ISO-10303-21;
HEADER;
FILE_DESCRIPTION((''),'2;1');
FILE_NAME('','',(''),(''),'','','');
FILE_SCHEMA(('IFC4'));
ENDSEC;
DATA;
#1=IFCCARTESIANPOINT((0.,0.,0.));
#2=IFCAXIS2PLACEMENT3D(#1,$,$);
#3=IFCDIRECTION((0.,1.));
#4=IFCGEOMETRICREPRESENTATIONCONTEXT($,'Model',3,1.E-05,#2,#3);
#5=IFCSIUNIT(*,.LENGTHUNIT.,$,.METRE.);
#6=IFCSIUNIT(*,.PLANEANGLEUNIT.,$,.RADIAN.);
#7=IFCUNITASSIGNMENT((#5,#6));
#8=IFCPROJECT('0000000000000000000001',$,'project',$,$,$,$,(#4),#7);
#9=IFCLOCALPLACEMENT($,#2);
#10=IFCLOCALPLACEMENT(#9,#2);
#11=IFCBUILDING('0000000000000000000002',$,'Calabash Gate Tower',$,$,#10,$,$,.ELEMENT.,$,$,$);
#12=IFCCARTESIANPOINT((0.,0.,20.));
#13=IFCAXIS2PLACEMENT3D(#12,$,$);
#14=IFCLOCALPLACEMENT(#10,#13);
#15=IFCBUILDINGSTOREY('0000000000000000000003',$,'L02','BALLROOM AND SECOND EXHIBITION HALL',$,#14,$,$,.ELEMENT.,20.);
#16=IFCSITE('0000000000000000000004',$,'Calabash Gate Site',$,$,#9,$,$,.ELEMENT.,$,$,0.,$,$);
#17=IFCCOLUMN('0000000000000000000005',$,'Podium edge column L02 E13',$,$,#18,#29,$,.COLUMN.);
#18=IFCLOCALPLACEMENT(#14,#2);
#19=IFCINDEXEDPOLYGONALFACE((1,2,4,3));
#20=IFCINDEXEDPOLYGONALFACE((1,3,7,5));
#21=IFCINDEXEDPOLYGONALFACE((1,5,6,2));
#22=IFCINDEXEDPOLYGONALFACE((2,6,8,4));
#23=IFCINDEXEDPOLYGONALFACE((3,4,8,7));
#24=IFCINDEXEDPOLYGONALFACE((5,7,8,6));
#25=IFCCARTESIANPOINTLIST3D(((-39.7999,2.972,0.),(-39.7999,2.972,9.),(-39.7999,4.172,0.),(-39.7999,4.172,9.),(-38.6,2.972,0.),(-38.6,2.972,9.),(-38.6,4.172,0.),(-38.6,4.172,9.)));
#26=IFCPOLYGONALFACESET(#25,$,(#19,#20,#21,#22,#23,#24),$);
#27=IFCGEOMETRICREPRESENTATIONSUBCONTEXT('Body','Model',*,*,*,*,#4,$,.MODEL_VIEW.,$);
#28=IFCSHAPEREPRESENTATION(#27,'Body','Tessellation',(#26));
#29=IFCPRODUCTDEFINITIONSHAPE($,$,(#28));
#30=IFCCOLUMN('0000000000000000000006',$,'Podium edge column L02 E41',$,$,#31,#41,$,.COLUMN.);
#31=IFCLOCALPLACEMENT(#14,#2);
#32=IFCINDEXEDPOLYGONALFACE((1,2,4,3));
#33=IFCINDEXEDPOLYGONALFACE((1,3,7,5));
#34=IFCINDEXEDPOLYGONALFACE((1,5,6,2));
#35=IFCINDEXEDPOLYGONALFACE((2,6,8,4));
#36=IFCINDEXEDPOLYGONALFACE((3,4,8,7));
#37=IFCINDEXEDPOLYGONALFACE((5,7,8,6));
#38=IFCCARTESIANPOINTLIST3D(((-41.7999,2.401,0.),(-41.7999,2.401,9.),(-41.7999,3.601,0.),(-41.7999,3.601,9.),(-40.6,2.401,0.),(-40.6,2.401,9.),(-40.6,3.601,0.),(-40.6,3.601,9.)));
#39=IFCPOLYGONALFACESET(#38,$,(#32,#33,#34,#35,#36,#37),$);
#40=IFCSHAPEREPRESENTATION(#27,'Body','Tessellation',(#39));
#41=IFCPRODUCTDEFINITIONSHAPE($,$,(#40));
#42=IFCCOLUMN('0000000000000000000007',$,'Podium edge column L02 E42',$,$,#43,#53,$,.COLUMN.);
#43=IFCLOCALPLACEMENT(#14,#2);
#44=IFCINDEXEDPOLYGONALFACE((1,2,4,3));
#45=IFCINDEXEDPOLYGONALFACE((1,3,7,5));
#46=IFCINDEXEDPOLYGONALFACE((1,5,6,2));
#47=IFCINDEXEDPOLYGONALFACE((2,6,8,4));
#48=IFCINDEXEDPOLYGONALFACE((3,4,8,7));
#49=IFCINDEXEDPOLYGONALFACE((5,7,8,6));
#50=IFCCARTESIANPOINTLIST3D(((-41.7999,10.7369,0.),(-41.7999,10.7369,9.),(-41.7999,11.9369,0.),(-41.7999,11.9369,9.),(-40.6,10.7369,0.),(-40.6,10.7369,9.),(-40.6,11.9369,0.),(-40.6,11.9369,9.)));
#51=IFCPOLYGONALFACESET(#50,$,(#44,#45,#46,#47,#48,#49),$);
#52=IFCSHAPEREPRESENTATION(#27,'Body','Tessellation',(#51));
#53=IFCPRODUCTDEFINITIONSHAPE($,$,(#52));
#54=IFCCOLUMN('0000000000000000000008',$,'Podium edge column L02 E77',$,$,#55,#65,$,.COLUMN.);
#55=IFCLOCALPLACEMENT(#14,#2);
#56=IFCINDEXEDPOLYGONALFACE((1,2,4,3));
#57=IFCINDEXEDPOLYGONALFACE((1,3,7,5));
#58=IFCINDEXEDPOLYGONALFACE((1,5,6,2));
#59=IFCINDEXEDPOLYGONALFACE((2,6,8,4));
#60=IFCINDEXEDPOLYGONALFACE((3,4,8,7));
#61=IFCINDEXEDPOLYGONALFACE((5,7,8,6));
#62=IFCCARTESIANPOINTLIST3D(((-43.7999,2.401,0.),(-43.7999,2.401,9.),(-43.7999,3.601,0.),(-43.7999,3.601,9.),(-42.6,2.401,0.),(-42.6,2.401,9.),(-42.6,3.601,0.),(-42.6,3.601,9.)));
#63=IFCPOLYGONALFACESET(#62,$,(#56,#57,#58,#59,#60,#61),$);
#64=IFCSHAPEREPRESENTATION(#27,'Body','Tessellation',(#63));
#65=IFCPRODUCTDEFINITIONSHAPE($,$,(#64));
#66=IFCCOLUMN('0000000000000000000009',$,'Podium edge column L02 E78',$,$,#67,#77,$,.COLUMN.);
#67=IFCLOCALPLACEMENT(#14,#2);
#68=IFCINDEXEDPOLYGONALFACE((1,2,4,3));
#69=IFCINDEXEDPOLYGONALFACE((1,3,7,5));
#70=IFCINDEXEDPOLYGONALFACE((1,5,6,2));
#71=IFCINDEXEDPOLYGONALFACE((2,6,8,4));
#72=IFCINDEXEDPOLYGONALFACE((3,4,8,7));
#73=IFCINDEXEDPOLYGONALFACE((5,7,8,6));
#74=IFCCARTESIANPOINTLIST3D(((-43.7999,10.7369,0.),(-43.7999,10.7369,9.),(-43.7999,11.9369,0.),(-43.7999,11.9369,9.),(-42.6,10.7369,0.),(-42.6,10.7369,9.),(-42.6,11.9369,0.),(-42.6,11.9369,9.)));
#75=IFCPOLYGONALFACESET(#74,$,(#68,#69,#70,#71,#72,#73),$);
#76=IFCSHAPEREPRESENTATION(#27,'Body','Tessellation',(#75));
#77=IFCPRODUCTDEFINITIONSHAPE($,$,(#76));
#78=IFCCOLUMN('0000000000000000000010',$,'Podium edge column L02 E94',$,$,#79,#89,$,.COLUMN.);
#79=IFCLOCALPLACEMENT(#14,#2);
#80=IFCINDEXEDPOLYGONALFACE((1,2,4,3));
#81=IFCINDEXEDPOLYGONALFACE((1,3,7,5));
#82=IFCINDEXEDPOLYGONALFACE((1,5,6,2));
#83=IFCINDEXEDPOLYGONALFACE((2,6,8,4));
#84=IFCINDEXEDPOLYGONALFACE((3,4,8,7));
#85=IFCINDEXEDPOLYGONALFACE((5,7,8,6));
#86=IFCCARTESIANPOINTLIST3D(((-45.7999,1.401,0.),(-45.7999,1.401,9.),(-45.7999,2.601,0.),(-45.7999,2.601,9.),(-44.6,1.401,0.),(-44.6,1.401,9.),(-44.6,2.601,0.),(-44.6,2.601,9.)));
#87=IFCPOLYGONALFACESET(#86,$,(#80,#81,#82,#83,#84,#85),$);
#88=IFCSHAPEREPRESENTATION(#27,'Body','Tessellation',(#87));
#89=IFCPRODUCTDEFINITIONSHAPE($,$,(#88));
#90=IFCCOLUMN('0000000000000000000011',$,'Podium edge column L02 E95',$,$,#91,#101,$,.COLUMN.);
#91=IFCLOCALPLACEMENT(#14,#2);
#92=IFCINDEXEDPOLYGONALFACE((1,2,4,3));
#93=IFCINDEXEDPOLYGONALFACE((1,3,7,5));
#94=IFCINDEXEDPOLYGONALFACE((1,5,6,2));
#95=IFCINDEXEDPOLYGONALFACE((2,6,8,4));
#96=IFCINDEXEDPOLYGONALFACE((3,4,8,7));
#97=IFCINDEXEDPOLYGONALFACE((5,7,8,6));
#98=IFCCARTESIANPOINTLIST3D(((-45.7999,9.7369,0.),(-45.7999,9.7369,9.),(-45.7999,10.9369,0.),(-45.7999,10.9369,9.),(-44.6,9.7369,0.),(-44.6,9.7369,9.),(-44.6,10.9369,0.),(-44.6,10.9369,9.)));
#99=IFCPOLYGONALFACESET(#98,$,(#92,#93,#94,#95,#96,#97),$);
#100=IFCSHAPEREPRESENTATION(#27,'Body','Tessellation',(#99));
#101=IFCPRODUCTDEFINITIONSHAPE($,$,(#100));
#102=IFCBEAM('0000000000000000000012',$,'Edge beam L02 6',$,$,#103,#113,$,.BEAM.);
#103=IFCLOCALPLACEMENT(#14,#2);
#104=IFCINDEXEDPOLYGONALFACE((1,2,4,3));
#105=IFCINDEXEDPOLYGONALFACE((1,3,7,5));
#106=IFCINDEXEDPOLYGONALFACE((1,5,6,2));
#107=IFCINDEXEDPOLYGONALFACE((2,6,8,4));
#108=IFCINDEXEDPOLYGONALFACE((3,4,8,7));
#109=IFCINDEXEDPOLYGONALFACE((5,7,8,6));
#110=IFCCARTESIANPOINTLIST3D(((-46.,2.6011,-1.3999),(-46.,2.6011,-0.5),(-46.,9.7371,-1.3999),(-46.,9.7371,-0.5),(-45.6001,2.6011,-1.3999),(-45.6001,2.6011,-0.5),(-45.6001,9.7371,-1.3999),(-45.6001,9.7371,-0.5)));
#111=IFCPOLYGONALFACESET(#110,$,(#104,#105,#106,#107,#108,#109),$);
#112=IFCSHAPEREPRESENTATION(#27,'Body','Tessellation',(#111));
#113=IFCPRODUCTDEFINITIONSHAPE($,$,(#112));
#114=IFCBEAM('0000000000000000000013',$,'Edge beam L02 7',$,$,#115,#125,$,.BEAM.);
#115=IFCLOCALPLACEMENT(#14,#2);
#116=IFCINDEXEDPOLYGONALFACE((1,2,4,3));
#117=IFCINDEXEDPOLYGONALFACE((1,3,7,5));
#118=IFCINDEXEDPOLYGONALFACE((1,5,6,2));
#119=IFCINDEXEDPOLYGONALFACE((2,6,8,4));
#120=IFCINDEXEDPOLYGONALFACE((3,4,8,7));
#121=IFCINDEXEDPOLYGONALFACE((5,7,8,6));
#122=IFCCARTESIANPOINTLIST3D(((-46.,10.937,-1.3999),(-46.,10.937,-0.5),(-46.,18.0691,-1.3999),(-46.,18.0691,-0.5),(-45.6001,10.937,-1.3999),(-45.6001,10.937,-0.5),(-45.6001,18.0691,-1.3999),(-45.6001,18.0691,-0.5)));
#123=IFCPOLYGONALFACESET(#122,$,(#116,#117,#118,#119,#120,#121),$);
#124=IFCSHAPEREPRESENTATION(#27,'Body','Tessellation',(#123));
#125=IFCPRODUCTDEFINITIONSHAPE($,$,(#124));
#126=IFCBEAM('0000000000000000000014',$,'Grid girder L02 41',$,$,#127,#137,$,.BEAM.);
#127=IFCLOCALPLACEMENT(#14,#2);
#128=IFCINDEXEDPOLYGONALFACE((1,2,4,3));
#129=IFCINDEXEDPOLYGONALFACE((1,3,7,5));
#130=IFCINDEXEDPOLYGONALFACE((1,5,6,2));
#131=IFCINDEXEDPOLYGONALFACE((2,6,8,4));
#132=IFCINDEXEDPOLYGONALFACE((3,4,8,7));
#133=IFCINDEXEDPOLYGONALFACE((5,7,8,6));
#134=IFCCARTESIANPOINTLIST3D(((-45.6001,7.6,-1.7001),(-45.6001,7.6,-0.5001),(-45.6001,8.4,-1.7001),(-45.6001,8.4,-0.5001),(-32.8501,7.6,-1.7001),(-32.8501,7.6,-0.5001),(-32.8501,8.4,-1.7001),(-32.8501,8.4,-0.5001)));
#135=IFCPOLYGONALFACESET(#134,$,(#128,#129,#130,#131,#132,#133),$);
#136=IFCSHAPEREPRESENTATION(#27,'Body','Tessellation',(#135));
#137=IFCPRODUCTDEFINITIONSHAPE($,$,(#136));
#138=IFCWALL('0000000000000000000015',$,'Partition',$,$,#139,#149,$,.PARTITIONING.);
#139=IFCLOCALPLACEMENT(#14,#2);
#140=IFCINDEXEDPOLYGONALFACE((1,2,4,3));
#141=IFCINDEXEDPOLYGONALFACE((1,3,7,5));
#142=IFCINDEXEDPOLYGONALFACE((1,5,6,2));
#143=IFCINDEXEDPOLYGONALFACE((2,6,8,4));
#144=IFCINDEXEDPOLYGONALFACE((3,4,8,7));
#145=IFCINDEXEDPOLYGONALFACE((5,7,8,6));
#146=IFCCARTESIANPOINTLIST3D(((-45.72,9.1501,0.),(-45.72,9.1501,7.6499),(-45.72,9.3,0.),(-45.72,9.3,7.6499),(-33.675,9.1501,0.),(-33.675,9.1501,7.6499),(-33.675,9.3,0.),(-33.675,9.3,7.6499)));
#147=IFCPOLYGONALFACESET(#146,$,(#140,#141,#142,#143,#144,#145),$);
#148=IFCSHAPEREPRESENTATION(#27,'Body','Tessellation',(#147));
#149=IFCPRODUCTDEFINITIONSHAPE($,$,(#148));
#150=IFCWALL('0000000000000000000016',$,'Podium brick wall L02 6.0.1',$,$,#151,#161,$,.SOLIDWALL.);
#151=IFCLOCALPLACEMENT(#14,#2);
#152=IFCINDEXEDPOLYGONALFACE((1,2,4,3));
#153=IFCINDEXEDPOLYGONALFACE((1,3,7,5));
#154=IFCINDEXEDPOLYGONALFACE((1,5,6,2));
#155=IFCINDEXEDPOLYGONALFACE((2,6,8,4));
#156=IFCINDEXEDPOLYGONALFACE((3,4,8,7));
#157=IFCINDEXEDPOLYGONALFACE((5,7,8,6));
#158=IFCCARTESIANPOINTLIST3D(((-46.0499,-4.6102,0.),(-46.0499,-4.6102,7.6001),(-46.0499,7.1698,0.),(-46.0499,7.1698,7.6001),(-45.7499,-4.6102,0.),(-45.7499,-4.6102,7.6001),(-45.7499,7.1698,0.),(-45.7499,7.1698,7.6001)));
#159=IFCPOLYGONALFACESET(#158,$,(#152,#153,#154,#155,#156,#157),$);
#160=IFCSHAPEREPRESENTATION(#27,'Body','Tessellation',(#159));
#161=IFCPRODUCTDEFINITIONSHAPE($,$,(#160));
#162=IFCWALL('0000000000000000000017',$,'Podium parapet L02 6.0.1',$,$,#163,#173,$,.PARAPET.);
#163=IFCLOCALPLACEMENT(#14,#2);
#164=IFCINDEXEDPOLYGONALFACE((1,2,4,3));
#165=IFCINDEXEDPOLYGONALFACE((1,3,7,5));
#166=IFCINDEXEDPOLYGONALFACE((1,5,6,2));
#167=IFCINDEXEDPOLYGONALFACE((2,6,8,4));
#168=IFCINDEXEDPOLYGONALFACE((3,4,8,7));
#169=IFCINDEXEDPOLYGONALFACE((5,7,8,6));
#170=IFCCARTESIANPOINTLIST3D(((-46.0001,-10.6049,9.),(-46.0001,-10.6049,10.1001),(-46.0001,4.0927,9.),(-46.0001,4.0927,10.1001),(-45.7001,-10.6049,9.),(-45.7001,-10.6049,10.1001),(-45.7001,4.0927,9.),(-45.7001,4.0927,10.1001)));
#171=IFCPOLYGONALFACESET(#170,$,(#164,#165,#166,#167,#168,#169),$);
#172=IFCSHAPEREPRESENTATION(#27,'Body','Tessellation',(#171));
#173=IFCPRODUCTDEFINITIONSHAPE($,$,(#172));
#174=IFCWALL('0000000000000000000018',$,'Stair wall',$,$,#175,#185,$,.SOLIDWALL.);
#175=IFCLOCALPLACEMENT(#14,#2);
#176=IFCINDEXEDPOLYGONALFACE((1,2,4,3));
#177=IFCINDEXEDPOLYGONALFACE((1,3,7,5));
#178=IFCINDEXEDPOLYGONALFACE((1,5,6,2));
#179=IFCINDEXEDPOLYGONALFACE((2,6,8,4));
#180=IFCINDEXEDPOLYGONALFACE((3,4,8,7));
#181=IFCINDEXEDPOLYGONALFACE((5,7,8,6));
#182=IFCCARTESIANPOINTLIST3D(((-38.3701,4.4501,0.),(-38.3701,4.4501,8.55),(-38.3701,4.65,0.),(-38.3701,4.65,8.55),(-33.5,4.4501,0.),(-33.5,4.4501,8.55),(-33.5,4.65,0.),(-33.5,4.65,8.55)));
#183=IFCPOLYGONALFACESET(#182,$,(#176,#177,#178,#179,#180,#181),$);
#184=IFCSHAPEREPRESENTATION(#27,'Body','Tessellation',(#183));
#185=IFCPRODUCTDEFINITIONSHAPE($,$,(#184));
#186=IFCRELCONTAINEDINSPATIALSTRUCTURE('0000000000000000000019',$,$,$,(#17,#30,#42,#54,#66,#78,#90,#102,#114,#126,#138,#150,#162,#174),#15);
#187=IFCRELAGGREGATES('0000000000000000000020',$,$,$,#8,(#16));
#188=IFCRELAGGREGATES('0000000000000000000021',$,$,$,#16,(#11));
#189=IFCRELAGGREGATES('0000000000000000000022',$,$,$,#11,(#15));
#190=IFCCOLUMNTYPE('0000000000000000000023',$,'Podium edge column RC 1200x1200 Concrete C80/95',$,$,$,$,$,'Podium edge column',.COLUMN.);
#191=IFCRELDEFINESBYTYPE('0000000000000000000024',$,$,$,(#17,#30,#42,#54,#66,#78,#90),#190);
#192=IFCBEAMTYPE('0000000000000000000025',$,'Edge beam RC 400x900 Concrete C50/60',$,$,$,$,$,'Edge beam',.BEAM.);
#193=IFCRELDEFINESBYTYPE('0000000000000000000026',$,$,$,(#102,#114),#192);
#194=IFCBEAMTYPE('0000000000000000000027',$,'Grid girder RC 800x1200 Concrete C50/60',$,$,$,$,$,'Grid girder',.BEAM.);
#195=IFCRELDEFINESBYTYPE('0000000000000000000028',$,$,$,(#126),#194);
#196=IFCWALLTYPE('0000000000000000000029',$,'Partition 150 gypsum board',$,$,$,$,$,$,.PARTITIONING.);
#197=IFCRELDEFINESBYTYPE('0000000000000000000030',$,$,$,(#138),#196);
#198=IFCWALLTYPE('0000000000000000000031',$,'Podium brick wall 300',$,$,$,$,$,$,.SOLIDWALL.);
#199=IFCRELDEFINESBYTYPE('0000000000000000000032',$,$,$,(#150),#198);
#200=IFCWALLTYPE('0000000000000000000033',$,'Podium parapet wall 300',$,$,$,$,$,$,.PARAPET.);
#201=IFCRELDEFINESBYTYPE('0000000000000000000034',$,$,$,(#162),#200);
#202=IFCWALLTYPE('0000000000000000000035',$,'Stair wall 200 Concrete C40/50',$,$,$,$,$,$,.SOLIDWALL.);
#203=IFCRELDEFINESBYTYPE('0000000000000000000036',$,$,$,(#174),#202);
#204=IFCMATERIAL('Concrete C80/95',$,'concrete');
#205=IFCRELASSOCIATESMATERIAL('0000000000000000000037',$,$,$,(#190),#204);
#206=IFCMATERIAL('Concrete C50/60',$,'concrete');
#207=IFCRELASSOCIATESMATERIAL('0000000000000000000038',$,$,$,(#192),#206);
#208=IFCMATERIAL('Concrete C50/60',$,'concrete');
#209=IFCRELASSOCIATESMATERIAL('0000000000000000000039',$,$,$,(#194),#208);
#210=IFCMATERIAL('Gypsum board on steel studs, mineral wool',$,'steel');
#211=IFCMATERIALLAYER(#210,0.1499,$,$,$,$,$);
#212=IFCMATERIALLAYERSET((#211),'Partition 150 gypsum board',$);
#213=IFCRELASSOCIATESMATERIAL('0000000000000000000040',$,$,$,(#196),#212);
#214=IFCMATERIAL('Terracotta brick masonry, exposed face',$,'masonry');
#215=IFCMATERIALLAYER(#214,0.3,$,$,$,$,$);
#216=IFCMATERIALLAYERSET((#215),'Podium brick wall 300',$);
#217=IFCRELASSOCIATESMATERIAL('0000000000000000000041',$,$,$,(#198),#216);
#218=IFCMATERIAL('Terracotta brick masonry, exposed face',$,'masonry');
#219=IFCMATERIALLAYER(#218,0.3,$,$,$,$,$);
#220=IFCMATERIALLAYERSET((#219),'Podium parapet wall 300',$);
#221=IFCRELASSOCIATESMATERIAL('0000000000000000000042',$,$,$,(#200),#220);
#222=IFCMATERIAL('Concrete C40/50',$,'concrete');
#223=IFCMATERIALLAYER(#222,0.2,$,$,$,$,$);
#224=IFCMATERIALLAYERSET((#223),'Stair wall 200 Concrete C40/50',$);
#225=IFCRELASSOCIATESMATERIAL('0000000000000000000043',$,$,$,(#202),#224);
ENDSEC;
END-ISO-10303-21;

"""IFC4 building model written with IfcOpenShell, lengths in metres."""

from ifc_helpers import new_model, si_unit, direction, frame, frame_2d, origin, origin_2d, place, context, subcontext, project, spatial, rectangle, extrude, material, layer, layer_set, material_profile, profile_set, type_object, element, save


model = new_model("IFC4")

# Units and contexts
model_context = context("Model", 3, precision=1e-05, world=origin(), true_north=direction((0.0, 1.0)))
body_context = subcontext(model_context, "Body", "Model", "MODEL_VIEW")
ifc_project = project(units=[si_unit("LENGTHUNIT", "METRE"), si_unit("PLANEANGLEUNIT", "RADIAN")], contexts=[model_context])

# Site, building, storey
site_placement = place(None, origin())
site = spatial("IfcSite", under=ifc_project, at=site_placement, Name="Calabash Gate Site", CompositionType="ELEMENT", RefElevation=0.0)
building_placement = place(site_placement, origin())
building = spatial("IfcBuilding", under=site, at=building_placement, Name="Calabash Gate Tower", CompositionType="ELEMENT")
storey_placement = place(building_placement, frame((0.0, 0.0, 20.0)))
storey = spatial("IfcBuildingStorey", under=building, at=storey_placement, Name="L02", Description="BALLROOM AND SECOND EXHIBITION HALL", CompositionType="ELEMENT", Elevation=20.0)

# Columns
ifc_material_1 = material(Name="Concrete C80/95", Category="concrete")
ifc_material_profile_1 = material_profile(ifc_material_1, rectangle(XDim=1.2, YDim=1.2, at=origin_2d()))
ifc_profile_set_1 = profile_set([ifc_material_profile_1], Name="Concrete C80/95")
column_type = type_object("IfcColumnType", Name="Podium edge column RC 1200x1200 Concrete C80/95", ElementType="Podium edge column", PredefinedType="COLUMN", material=ifc_profile_set_1)
for number, where, z_axis, x_axis, name in (
    (1, (-39.2, 3.572, 0.0), (0.0, 0.0, 1.0), (1.0, 0.0, 0.0), "Podium edge column L02 E13"),
    (2, (-41.2, 3.001, 0.0), (0.0, 0.0, 1.0), (1.0, 0.0, 0.0), "Podium edge column L02 E41"),
    (3, (-41.2, 11.3369, 0.0), (0.0, 0.0, 1.0), (1.0, 0.0, 0.0), "Podium edge column L02 E42"),
    (4, (-43.2, 3.001, 0.0), (0.0, 0.0, 1.0), (1.0, 0.0, 0.0), "Podium edge column L02 E77"),
    (5, (-43.2, 11.3369, 0.0), (0.0, 0.0, 1.0), (1.0, 0.0, 0.0), "Podium edge column L02 E78"),
    (6, (-45.2, 2.001, 0.0), (0.0, 0.0, 1.0), (1.0, 0.0, 0.0), "Podium edge column L02 E94"),
    (7, (-45.2, 10.3369, 0.0), (0.0, 0.0, 1.0), (1.0, 0.0, 0.0), "Podium edge column L02 E95"),
):
    element("IfcColumn", number, at=place(storey_placement, frame(where, z_axis=z_axis, x_axis=x_axis)), inside=storey, type_object=column_type, Name=name, PredefinedType="COLUMN", context=body_context, shape_type="SweptSolid", body=[
        extrude(rectangle(XDim=1.2, YDim=1.2, at=origin_2d()), origin(), (0.0, 0.0, 1.0), 9.0),
    ])

# Beams
ifc_material_2 = material(Name="Concrete C50/60", Category="concrete")
ifc_material_profile_2 = material_profile(ifc_material_2, rectangle(XDim=0.3999, YDim=0.8999, at=origin_2d()))
ifc_profile_set_2 = profile_set([ifc_material_profile_2], Name="Concrete C50/60")
beam_type_1 = type_object("IfcBeamType", Name="Edge beam RC 400x900 Concrete C50/60", ElementType="Edge beam", PredefinedType="BEAM", material=ifc_profile_set_2)
beam_1_placement = place(storey_placement, frame((-45.8, 2.6011, -0.95), z_axis=(0.0, 1.0, 0.0), x_axis=(-1.0, 0.0, 0.0)))
element("IfcBeam", 8, at=beam_1_placement, inside=storey, type_object=beam_type_1, Name="Edge beam L02 6", PredefinedType="BEAM", context=body_context, shape_type="SweptSolid", body=[
    extrude(rectangle(XDim=0.3999, YDim=0.8999, at=origin_2d()), origin(), (0.0, 0.0, 1.0), 7.136),
])
beam_2_placement = place(storey_placement, frame((-45.8, 10.937, -0.95), z_axis=(0.0, 1.0, 0.0), x_axis=(-1.0, 0.0, 0.0)))
element("IfcBeam", 9, at=beam_2_placement, inside=storey, type_object=beam_type_1, Name="Edge beam L02 7", PredefinedType="BEAM", context=body_context, shape_type="SweptSolid", body=[
    extrude(rectangle(XDim=0.3999, YDim=0.8999, at=origin_2d()), origin(), (0.0, 0.0, 1.0), 7.1321),
])
ifc_material_3 = material(Name="Concrete C50/60", Category="concrete")
ifc_material_profile_3 = material_profile(ifc_material_3, rectangle(XDim=0.8, YDim=1.2, at=origin_2d()))
ifc_profile_set_3 = profile_set([ifc_material_profile_3], Name="Concrete C50/60")
beam_type_2 = type_object("IfcBeamType", Name="Grid girder RC 800x1200 Concrete C50/60", ElementType="Grid girder", PredefinedType="BEAM", material=ifc_profile_set_3)
beam_3_placement = place(storey_placement, frame((-45.6001, 8.0, -1.1001), z_axis=(1.0, 0.0, 0.0), x_axis=(0.0, 1.0, 0.0)))
element("IfcBeam", 10, at=beam_3_placement, inside=storey, type_object=beam_type_2, Name="Grid girder L02 41", PredefinedType="BEAM", context=body_context, shape_type="SweptSolid", body=[
    extrude(rectangle(XDim=0.8, YDim=1.2, at=origin_2d()), origin(), (0.0, 0.0, 1.0), 12.75),
])

# Walls
ifc_material_4 = material(Name="Gypsum board on steel studs, mineral wool", Category="steel")
ifc_layer_1 = layer(ifc_material_4, 0.1499)
ifc_layer_set_1 = layer_set([ifc_layer_1], Name="Partition 150 gypsum board")
wall_type_1 = type_object("IfcWallType", Name="Partition 150 gypsum board", PredefinedType="PARTITIONING", material=ifc_layer_set_1)
wall_1_placement = place(storey_placement, frame((-45.72, 9.2251, 0.0), z_axis=(0.0, 0.0, 1.0), x_axis=(1.0, 0.0, 0.0)))
element("IfcWall", 11, at=wall_1_placement, inside=storey, type_object=wall_type_1, Name="Partition", PredefinedType="PARTITIONING", context=body_context, shape_type="SweptSolid", body=[
    extrude(rectangle(XDim=12.0449, YDim=0.1499, at=frame_2d((6.0225, 0.0))), origin(), (0.0, 0.0, 1.0), 7.6499),
])
ifc_material_5 = material(Name="Terracotta brick masonry, exposed face", Category="masonry")
ifc_layer_2 = layer(ifc_material_5, 0.3)
ifc_layer_set_2 = layer_set([ifc_layer_2], Name="Podium brick wall 300")
wall_type_2 = type_object("IfcWallType", Name="Podium brick wall 300", PredefinedType="SOLIDWALL", material=ifc_layer_set_2)
wall_2_placement = place(storey_placement, frame((-45.8999, 7.1699, 0.0), z_axis=(0.0, 0.0, 1.0), x_axis=(0.0, -1.0, 0.0)))
element("IfcWall", 12, at=wall_2_placement, inside=storey, type_object=wall_type_2, Name="Podium brick wall L02 6.0.1", PredefinedType="SOLIDWALL", context=body_context, shape_type="SweptSolid", body=[
    extrude(rectangle(XDim=11.78, YDim=0.3, at=frame_2d((5.8901, 0.0))), origin(), (0.0, 0.0, 1.0), 7.6001),
])
ifc_material_6 = material(Name="Terracotta brick masonry, exposed face", Category="masonry")
ifc_layer_3 = layer(ifc_material_6, 0.3)
ifc_layer_set_3 = layer_set([ifc_layer_3], Name="Podium parapet wall 300")
wall_type_3 = type_object("IfcWallType", Name="Podium parapet wall 300", PredefinedType="PARAPET", material=ifc_layer_set_3)
wall_3_placement = place(storey_placement, frame((-45.8501, 4.0925, 9.0), z_axis=(0.0, 0.0, 1.0), x_axis=(0.0, -1.0, 0.0)))
element("IfcWall", 13, at=wall_3_placement, inside=storey, type_object=wall_type_3, Name="Podium parapet L02 6.0.1", PredefinedType="PARAPET", context=body_context, shape_type="SweptSolid", body=[
    extrude(rectangle(XDim=14.6975, YDim=0.3, at=frame_2d((7.3486, 0.0))), origin(), (0.0, 0.0, 1.0), 1.1001),
])
ifc_material_7 = material(Name="Concrete C40/50", Category="concrete")
ifc_layer_4 = layer(ifc_material_7, 0.2)
ifc_layer_set_4 = layer_set([ifc_layer_4], Name="Stair wall 200 Concrete C40/50")
wall_type_4 = type_object("IfcWallType", Name="Stair wall 200 Concrete C40/50", PredefinedType="SOLIDWALL", material=ifc_layer_set_4)
wall_4_placement = place(storey_placement, frame((-38.3701, 4.55, 0.0), z_axis=(0.0, 0.0, 1.0), x_axis=(1.0, 0.0, 0.0)))
element("IfcWall", 14, at=wall_4_placement, inside=storey, type_object=wall_type_4, Name="Stair wall", PredefinedType="SOLIDWALL", context=body_context, shape_type="SweptSolid", body=[
    extrude(rectangle(XDim=4.8701, YDim=0.2, at=frame_2d((2.4351, 0.0))), origin(), (0.0, 0.0, 1.0), 8.55),
])

save(model, "model.ifc")
